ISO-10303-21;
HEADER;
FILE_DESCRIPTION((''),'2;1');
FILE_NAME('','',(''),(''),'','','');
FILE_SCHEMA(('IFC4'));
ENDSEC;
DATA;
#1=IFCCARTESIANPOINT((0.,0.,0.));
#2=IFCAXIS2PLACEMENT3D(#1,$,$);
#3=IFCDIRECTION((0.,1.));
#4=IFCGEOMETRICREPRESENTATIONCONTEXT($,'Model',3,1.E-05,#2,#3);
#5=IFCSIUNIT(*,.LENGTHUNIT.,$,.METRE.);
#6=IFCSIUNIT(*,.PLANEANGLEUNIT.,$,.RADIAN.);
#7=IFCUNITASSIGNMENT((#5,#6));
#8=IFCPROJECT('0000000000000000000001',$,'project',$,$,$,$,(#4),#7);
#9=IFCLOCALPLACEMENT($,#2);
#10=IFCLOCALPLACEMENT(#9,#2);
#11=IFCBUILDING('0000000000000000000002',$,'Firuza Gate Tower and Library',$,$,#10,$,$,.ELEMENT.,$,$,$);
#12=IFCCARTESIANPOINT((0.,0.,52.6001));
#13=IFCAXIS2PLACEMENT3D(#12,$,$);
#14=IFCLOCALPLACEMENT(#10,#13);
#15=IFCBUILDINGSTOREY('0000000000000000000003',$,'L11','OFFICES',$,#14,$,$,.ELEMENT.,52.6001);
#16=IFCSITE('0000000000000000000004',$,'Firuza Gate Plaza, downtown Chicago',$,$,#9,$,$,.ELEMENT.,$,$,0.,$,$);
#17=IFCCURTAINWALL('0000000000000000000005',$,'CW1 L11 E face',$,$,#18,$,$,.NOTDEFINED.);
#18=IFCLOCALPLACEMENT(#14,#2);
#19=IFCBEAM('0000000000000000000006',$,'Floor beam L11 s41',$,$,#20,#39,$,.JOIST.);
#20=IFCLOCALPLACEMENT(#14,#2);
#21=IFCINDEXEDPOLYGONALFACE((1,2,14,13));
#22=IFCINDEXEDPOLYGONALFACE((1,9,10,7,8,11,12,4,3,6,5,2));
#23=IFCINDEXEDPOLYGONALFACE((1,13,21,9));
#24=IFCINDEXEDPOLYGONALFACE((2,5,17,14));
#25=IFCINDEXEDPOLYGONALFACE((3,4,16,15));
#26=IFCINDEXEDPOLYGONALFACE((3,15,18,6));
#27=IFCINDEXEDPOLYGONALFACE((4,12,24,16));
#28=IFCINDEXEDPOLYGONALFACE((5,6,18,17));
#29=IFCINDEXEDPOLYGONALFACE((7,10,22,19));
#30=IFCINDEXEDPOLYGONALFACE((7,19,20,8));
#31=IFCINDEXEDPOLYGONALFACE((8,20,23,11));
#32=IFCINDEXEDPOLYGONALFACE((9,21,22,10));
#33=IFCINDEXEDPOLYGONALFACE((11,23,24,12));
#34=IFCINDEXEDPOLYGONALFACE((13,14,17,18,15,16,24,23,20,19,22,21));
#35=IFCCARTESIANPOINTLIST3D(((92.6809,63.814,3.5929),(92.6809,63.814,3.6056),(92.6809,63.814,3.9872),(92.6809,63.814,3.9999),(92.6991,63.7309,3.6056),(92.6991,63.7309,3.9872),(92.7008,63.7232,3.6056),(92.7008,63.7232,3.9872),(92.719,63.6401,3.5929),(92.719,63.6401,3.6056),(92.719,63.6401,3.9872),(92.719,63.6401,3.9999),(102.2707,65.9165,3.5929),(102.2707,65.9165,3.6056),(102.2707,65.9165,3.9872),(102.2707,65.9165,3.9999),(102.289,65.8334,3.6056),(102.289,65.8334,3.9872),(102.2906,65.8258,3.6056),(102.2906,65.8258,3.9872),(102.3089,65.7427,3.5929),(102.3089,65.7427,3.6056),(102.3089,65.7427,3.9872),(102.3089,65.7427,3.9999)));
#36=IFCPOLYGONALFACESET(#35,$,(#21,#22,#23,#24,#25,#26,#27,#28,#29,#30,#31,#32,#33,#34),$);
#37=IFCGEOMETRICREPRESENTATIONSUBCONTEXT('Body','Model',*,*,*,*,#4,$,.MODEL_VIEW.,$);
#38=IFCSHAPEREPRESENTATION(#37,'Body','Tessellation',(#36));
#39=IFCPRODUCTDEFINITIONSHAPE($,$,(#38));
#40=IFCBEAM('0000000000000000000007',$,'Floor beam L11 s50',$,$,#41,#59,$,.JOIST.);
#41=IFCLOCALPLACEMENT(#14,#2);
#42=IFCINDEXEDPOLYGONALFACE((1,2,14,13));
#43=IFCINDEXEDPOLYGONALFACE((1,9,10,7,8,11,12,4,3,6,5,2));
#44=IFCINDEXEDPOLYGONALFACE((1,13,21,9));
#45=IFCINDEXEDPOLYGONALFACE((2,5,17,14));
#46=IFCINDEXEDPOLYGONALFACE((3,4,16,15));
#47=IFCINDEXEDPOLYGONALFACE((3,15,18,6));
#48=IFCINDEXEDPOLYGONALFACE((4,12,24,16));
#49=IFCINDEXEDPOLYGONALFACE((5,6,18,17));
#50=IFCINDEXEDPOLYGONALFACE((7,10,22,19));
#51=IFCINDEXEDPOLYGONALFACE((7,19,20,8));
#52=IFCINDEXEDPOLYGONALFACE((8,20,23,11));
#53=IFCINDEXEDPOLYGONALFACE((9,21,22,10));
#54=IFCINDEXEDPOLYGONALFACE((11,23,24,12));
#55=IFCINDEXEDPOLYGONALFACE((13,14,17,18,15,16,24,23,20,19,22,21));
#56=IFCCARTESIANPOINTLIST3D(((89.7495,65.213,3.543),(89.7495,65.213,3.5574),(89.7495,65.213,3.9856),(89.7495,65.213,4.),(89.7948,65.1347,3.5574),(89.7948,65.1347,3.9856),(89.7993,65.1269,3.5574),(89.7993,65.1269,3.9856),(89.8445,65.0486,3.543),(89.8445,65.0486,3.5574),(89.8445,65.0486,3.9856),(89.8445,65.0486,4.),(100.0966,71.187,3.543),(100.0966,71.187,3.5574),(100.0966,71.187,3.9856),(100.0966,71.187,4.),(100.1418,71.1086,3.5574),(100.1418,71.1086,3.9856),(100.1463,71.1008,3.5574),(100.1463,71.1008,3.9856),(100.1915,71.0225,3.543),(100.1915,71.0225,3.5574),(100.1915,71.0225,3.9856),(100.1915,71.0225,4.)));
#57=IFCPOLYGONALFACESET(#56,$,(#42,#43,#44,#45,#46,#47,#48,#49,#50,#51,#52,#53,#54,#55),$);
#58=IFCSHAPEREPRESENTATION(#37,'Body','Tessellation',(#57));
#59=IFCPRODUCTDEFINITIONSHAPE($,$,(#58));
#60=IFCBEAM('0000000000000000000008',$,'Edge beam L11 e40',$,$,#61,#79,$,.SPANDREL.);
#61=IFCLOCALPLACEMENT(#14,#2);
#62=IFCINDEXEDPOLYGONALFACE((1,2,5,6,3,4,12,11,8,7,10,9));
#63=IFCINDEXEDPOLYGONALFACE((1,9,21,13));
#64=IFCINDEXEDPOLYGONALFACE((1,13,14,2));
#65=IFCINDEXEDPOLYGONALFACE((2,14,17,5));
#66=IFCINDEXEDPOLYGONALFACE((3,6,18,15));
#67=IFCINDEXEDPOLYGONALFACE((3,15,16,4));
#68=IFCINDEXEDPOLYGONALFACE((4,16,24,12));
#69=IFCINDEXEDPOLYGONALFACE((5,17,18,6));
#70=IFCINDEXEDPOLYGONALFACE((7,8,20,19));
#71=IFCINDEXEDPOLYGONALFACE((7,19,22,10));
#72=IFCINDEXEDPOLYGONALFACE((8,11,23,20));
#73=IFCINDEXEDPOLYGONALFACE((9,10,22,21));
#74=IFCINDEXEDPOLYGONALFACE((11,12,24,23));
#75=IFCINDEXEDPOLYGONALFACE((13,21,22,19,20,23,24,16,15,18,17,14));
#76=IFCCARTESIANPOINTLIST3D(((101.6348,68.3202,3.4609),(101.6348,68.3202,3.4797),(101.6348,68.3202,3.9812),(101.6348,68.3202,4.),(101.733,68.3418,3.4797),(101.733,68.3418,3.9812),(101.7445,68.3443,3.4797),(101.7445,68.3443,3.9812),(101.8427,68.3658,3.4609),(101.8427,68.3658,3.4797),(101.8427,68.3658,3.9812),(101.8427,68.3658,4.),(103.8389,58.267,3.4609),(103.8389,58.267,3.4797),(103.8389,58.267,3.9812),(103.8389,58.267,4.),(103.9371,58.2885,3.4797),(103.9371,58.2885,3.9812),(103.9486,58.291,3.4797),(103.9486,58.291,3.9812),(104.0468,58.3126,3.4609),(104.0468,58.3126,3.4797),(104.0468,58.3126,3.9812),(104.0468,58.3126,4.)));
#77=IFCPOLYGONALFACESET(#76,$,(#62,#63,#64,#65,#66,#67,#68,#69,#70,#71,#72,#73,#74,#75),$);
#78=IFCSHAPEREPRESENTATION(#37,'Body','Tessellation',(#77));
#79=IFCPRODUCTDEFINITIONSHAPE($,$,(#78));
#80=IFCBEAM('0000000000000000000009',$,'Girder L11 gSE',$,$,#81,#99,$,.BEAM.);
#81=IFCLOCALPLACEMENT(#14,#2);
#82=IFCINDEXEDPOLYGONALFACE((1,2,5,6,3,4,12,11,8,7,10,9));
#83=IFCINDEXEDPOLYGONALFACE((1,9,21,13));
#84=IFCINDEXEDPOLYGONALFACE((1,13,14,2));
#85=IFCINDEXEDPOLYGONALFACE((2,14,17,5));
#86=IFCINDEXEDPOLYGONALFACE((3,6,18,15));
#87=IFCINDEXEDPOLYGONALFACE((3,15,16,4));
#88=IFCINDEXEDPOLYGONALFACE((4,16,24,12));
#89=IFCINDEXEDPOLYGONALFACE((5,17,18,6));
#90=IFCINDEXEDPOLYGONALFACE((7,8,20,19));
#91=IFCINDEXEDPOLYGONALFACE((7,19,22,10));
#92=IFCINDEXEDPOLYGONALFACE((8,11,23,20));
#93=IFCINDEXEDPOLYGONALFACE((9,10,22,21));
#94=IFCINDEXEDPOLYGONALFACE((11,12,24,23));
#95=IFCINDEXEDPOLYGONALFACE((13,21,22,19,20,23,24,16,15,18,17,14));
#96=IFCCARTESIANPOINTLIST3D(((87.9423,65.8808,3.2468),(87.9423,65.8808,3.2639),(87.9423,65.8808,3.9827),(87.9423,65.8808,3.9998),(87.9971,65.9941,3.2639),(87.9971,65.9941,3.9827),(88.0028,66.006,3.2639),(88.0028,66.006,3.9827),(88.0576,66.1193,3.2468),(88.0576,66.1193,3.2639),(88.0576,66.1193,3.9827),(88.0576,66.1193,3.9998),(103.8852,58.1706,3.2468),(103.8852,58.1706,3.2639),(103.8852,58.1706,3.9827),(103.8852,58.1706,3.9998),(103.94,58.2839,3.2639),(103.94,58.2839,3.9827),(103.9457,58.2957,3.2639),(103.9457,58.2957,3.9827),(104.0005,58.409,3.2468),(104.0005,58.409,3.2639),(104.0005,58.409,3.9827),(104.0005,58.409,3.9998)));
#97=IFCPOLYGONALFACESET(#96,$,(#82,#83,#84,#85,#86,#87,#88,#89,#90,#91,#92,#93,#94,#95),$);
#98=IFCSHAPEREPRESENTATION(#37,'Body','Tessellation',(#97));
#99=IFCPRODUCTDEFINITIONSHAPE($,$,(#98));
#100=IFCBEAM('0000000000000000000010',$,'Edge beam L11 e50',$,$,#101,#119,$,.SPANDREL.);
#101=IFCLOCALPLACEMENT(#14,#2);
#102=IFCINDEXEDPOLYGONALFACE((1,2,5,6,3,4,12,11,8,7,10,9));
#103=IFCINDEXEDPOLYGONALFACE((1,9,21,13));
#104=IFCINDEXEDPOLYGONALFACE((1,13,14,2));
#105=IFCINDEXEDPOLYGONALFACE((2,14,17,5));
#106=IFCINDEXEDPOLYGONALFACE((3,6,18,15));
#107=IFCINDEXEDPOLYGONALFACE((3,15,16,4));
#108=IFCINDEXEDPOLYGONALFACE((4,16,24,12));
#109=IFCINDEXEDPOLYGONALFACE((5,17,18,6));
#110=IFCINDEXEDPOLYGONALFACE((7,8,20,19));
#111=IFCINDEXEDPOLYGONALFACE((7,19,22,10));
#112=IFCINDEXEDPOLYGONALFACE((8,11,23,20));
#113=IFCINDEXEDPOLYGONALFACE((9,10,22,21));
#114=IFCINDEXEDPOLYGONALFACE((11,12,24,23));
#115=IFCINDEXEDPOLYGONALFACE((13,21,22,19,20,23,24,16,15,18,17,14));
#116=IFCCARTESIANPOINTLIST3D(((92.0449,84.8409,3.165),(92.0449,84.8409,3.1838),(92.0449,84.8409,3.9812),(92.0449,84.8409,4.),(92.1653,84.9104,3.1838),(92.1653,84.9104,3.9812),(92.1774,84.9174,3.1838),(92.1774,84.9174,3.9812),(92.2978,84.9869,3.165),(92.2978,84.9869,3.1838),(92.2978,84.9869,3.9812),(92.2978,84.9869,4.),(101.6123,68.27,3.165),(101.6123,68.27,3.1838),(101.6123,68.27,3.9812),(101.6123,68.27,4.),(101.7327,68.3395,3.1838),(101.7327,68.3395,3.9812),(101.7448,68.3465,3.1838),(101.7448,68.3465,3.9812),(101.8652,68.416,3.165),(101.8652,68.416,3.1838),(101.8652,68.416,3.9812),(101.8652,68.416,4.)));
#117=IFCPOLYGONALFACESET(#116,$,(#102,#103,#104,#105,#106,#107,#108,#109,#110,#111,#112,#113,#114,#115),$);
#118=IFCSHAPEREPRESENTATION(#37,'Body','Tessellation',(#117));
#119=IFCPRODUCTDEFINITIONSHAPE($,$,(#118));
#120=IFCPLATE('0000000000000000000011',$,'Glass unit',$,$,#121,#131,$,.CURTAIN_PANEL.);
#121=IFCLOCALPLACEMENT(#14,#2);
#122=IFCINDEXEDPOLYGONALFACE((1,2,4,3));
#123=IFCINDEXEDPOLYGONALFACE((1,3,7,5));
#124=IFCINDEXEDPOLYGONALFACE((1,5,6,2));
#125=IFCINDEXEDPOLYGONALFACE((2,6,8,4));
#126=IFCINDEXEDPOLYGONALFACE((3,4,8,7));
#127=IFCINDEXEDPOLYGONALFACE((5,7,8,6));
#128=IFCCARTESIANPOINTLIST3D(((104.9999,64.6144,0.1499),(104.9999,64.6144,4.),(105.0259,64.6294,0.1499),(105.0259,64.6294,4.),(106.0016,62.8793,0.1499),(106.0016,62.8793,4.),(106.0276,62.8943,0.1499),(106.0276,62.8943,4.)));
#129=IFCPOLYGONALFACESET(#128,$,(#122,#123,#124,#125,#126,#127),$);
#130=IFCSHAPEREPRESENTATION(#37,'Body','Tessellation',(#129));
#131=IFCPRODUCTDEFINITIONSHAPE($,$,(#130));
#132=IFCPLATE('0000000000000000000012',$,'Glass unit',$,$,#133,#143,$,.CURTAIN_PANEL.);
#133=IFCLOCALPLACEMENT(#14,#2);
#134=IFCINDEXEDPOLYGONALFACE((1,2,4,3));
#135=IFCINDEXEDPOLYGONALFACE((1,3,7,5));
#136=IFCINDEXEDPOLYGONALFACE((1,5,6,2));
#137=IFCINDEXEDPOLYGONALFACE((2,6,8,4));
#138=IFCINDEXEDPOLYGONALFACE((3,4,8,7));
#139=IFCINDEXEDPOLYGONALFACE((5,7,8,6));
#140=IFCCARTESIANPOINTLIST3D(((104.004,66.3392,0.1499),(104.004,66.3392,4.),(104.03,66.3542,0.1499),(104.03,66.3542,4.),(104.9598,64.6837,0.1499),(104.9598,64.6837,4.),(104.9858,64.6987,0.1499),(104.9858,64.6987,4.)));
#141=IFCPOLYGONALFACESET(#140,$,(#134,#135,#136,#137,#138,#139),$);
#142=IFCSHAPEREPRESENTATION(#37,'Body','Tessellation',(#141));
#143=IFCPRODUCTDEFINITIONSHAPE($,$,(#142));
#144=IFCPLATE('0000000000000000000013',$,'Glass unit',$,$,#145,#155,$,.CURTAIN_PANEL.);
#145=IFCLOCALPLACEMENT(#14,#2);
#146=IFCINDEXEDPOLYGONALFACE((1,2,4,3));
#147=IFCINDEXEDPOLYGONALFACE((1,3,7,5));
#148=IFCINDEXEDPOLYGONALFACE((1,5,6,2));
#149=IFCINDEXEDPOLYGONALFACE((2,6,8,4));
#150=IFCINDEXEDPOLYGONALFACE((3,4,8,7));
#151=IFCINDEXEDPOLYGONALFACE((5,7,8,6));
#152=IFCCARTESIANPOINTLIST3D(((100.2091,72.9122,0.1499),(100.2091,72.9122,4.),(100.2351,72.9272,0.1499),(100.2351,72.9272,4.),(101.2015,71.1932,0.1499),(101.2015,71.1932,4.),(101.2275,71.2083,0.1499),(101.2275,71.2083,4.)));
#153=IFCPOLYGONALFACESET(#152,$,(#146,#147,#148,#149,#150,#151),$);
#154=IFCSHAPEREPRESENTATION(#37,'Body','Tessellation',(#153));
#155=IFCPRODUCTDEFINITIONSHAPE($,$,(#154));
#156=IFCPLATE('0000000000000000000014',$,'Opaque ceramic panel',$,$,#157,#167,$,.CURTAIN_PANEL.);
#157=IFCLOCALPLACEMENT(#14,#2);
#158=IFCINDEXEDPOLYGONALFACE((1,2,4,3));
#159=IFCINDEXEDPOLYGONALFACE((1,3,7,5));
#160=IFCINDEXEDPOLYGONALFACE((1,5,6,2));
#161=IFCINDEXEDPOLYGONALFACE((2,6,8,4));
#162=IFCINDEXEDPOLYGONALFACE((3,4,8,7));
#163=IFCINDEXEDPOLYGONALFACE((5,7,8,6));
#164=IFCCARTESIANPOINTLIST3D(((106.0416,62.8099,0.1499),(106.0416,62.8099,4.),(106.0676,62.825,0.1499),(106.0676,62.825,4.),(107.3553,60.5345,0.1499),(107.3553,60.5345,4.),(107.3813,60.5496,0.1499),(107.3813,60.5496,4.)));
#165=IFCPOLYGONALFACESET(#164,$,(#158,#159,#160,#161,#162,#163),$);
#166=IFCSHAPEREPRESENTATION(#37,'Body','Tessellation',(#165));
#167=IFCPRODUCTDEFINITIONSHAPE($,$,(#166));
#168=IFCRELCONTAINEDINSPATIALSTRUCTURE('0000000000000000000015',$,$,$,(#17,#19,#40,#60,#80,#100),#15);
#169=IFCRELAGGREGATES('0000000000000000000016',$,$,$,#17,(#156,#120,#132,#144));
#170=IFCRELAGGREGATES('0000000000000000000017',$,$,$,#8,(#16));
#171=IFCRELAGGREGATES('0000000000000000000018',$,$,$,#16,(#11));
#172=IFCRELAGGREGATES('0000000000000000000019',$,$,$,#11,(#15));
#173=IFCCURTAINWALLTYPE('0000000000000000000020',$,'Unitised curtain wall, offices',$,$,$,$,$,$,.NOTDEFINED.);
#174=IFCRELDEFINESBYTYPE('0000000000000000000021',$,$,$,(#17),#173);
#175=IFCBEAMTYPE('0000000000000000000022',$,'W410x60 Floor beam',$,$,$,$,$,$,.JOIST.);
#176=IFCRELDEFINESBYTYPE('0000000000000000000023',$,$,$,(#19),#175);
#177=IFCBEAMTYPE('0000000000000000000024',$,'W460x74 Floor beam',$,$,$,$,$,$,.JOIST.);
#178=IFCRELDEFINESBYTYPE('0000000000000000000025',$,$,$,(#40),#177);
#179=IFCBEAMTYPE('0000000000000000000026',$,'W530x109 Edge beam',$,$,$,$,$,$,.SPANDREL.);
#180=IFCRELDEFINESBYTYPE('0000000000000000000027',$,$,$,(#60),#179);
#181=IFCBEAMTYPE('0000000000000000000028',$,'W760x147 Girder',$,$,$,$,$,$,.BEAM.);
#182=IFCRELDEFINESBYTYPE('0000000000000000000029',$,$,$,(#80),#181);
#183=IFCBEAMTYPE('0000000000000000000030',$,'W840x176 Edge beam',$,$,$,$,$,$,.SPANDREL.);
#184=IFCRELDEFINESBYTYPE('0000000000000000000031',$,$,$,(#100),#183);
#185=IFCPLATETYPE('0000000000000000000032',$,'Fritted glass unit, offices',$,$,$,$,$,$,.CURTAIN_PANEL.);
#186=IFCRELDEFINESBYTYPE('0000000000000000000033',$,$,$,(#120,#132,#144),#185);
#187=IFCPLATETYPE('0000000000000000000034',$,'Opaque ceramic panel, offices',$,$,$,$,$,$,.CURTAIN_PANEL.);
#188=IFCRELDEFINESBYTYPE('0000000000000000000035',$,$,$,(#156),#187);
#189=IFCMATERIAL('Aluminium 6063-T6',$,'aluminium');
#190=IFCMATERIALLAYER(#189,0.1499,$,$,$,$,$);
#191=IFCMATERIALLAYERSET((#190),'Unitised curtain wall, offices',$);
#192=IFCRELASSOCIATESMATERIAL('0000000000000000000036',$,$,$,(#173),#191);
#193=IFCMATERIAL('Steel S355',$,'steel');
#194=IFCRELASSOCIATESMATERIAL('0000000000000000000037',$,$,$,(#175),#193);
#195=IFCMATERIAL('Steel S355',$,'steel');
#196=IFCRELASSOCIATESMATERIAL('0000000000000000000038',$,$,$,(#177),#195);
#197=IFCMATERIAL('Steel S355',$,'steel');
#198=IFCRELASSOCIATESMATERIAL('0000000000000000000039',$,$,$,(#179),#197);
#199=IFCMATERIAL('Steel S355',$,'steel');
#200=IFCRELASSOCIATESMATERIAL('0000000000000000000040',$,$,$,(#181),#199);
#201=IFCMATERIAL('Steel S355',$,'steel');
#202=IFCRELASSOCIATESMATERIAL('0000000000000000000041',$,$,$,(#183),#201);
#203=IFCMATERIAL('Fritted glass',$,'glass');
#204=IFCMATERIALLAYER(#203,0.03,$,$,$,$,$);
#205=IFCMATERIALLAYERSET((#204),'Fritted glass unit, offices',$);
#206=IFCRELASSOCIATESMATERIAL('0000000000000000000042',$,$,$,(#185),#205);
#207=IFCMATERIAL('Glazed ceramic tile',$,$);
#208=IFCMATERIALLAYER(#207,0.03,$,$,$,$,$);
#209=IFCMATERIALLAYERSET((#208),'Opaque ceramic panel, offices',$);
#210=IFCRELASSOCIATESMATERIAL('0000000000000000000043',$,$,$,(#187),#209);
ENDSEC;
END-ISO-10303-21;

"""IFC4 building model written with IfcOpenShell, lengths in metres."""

from ifc_helpers import new_model, si_unit, direction, frame, origin, origin_2d, place, context, subcontext, project, spatial, polyline, i_section, outline, extrude, material, layer, layer_set, material_profile, profile_set, type_object, element, aggregate, save


model = new_model("IFC4")

# Units and contexts
model_context = context("Model", 3, precision=1e-05, world=origin(), true_north=direction((0.0, 1.0)))
body_context = subcontext(model_context, "Body", "Model", "MODEL_VIEW")
ifc_project = project(units=[si_unit("LENGTHUNIT", "METRE"), si_unit("PLANEANGLEUNIT", "RADIAN")], contexts=[model_context])

# Site, building, storey
site_placement = place(None, origin())
site = spatial("IfcSite", under=ifc_project, at=site_placement, Name="Firuza Gate Plaza, downtown Chicago", CompositionType="ELEMENT", RefElevation=0.0)
building_placement = place(site_placement, origin())
building = spatial("IfcBuilding", under=site, at=building_placement, Name="Firuza Gate Tower and Library", CompositionType="ELEMENT")
storey_placement = place(building_placement, frame((0.0, 0.0, 52.6001)))
storey = spatial("IfcBuildingStorey", under=building, at=storey_placement, Name="L11", Description="OFFICES", CompositionType="ELEMENT", Elevation=52.6001)

# Curtain wall
ifc_material_1 = material(Name="Aluminium 6063-T6", Category="aluminium")
ifc_layer_1 = layer(ifc_material_1, 0.1499)
ifc_layer_set_1 = layer_set([ifc_layer_1], Name="Unitised curtain wall, offices")
curtain_wall_type = type_object("IfcCurtainWallType", Name="Unitised curtain wall, offices", PredefinedType="NOTDEFINED", material=ifc_layer_set_1)
curtain_wall_placement = place(storey_placement, origin())
curtain_wall = element("IfcCurtainWall", 1, at=curtain_wall_placement, inside=storey, type_object=curtain_wall_type, Name="CW1 L11 E face", PredefinedType="NOTDEFINED")

# Beams
ifc_material_2 = material(Name="Steel S355", Category="steel")
ifc_material_profile_1 = material_profile(ifc_material_2, i_section(OverallWidth=0.178, OverallDepth=0.407, WebThickness=0.0078, FlangeThickness=0.0127, at=origin_2d()))
ifc_profile_set_1 = profile_set([ifc_material_profile_1], Name="Steel S355")
beam_type_1 = type_object("IfcBeamType", Name="W410x60 Floor beam", PredefinedType="JOIST", material=ifc_profile_set_1)
beam_1_placement = place(storey_placement, frame((102.2898, 65.8296, 3.7964), z_axis=(-0.976799, -0.21416, 0.0), x_axis=(0.21416, -0.976799, 0.0)))
element("IfcBeam", 2, at=beam_1_placement, inside=storey, type_object=beam_type_1, Name="Floor beam L11 s41", PredefinedType="JOIST", context=body_context, shape_type="SweptSolid", body=[
    extrude(i_section(OverallWidth=0.178, OverallDepth=0.407, WebThickness=0.0078, FlangeThickness=0.0127, at=origin_2d()), origin(), (0.0, 0.0, 1.0), 9.8176),
])
ifc_material_3 = material(Name="Steel S355", Category="steel")
ifc_material_profile_2 = material_profile(ifc_material_3, i_section(OverallWidth=0.1899, OverallDepth=0.457, WebThickness=0.009, FlangeThickness=0.0144, at=origin_2d()))
ifc_profile_set_2 = profile_set([ifc_material_profile_2], Name="Steel S355")
beam_type_2 = type_object("IfcBeamType", Name="W460x74 Floor beam", PredefinedType="JOIST", material=ifc_profile_set_2)
beam_2_placement = place(storey_placement, frame((100.144, 71.1047, 3.7715), z_axis=(-0.866023, -0.500005, 0.0), x_axis=(0.500005, -0.866023, 0.0)))
element("IfcBeam", 3, at=beam_2_placement, inside=storey, type_object=beam_type_2, Name="Floor beam L11 s50", PredefinedType="JOIST", context=body_context, shape_type="SweptSolid", body=[
    extrude(i_section(OverallWidth=0.1899, OverallDepth=0.457, WebThickness=0.009, FlangeThickness=0.0144, at=origin_2d()), origin(), (0.0, 0.0, 1.0), 11.9478),
])
ifc_material_4 = material(Name="Steel S355", Category="steel")
ifc_material_profile_3 = material_profile(ifc_material_4, i_section(OverallWidth=0.2129, OverallDepth=0.5391, WebThickness=0.0117, FlangeThickness=0.0188, at=origin_2d()))
ifc_profile_set_3 = profile_set([ifc_material_profile_3], Name="Steel S355")
beam_type_3 = type_object("IfcBeamType", Name="W530x109 Edge beam", PredefinedType="SPANDREL", material=ifc_profile_set_3)
beam_3_placement = place(storey_placement, frame((103.9429, 58.2898, 3.7305), z_axis=(-0.214157, 0.976799, 0.0), x_axis=(-0.976799, -0.214157, 0.0)))
element("IfcBeam", 4, at=beam_3_placement, inside=storey, type_object=beam_type_3, Name="Edge beam L11 e40", PredefinedType="SPANDREL", context=body_context, shape_type="SweptSolid", body=[
    extrude(i_section(OverallWidth=0.2129, OverallDepth=0.5391, WebThickness=0.0117, FlangeThickness=0.0188, at=origin_2d()), origin(), (0.0, 0.0, 1.0), 10.292),
])
ifc_material_5 = material(Name="Steel S355", Category="steel")
ifc_material_profile_4 = material_profile(ifc_material_5, i_section(OverallWidth=0.2649, OverallDepth=0.7529, WebThickness=0.0132, FlangeThickness=0.0171, at=origin_2d()))
ifc_profile_set_4 = profile_set([ifc_material_profile_4], Name="Steel S355")
beam_type_4 = type_object("IfcBeamType", Name="W760x147 Girder", PredefinedType="BEAM", material=ifc_profile_set_4)
beam_4_placement = place(storey_placement, frame((103.9429, 58.2898, 3.6233), z_axis=(-0.90025, 0.435374, 0.0), x_axis=(-0.435374, -0.90025, 0.0)))
element("IfcBeam", 5, at=beam_4_placement, inside=storey, type_object=beam_type_4, Name="Girder L11 gSE", PredefinedType="BEAM", context=body_context, shape_type="SweptSolid", body=[
    extrude(i_section(OverallWidth=0.2649, OverallDepth=0.7529, WebThickness=0.0132, FlangeThickness=0.0171, at=origin_2d()), origin(), (0.0, 0.0, 1.0), 17.7095),
])
ifc_material_6 = material(Name="Steel S355", Category="steel")
ifc_material_profile_5 = material_profile(ifc_material_6, i_section(OverallWidth=0.292, OverallDepth=0.835, WebThickness=0.0139, FlangeThickness=0.0188, at=origin_2d()))
ifc_profile_set_5 = profile_set([ifc_material_profile_5], Name="Steel S355")
beam_type_5 = type_object("IfcBeamType", Name="W840x176 Edge beam", PredefinedType="SPANDREL", material=ifc_profile_set_5)
beam_5_placement = place(storey_placement, frame((101.7388, 68.343, 3.5825), z_axis=(-0.500009, 0.86602, 0.0), x_axis=(-0.86602, -0.500009, 0.0)))
element("IfcBeam", 6, at=beam_5_placement, inside=storey, type_object=beam_type_5, Name="Edge beam L11 e50", PredefinedType="SPANDREL", context=body_context, shape_type="SweptSolid", body=[
    extrude(i_section(OverallWidth=0.292, OverallDepth=0.835, WebThickness=0.0139, FlangeThickness=0.0188, at=origin_2d()), origin(), (0.0, 0.0, 1.0), 19.1345),
])

# Plates
ifc_material_7 = material(Name="Fritted glass", Category="glass")
ifc_layer_2 = layer(ifc_material_7, 0.03)
ifc_layer_set_2 = layer_set([ifc_layer_2], Name="Fritted glass unit, offices")
plate_type_1 = type_object("IfcPlateType", Name="Fritted glass unit, offices", PredefinedType="CURTAIN_PANEL", material=ifc_layer_set_2)
plate_1_placement = place(storey_placement, frame((106.0276, 62.8943, 0.1499), z_axis=(0.866037, 0.499979, 0.0), x_axis=(-0.499979, 0.866037, 0.0)))
plate_1 = element("IfcPlate", 7, at=plate_1_placement, type_object=plate_type_1, Name="Glass unit", PredefinedType="CURTAIN_PANEL", context=body_context, shape_type="SweptSolid", body=[
    extrude(outline(polyline([(0.0, 0.0), (2.0035, 0.0), (2.0035, 3.8501), (0.0, 3.8501), (0.0, 0.0)])), origin(), (0.0, 0.0, -1.0), 0.03),
])
plate_2_placement = place(storey_placement, frame((104.9858, 64.6987, 0.1499), z_axis=(0.866026, 0.499999, 0.0), x_axis=(-0.499999, 0.866026, 0.0)))
plate_2 = element("IfcPlate", 8, at=plate_2_placement, type_object=plate_type_1, Name="Glass unit", PredefinedType="CURTAIN_PANEL", context=body_context, shape_type="SweptSolid", body=[
    extrude(outline(polyline([(0.0, 0.0), (1.9116, 0.0), (1.9116, 3.8501), (0.0, 3.8501), (0.0, 0.0)])), origin(), (0.0, 0.0, -1.0), 0.03),
])
plate_3_placement = place(storey_placement, frame((101.2275, 71.2083, 0.1499), z_axis=(0.866032, 0.499989, 0.0), x_axis=(-0.499989, 0.866032, 0.0)))
plate_3 = element("IfcPlate", 9, at=plate_3_placement, type_object=plate_type_1, Name="Glass unit", PredefinedType="CURTAIN_PANEL", context=body_context, shape_type="SweptSolid", body=[
    extrude(outline(polyline([(0.0, 0.0), (1.9849, 0.0), (1.9849, 3.8501), (0.0, 3.8501), (0.0, 0.0)])), origin(), (0.0, 0.0, -1.0), 0.03),
])
ifc_material_8 = material(Name="Glazed ceramic tile")
ifc_layer_3 = layer(ifc_material_8, 0.03)
ifc_layer_set_3 = layer_set([ifc_layer_3], Name="Opaque ceramic panel, offices")
plate_type_2 = type_object("IfcPlateType", Name="Opaque ceramic panel, offices", PredefinedType="CURTAIN_PANEL", material=ifc_layer_set_3)
plate_4_placement = place(storey_placement, frame((107.3813, 60.5496, 0.1499), z_axis=(0.866022, 0.500007, 0.0), x_axis=(-0.500007, 0.866022, 0.0)))
plate_4 = element("IfcPlate", 10, at=plate_4_placement, type_object=plate_type_2, Name="Opaque ceramic panel", PredefinedType="CURTAIN_PANEL", context=body_context, shape_type="SweptSolid", body=[
    extrude(outline(polyline([(0.0, 0.0), (2.6274, 0.0), (2.6274, 3.8501), (0.0, 3.8501), (0.0, 0.0)])), origin(), (0.0, 0.0, -1.0), 0.03),
])
aggregate(curtain_wall, [plate_4, plate_1, plate_2, plate_3])

save(model, "model.ifc")
